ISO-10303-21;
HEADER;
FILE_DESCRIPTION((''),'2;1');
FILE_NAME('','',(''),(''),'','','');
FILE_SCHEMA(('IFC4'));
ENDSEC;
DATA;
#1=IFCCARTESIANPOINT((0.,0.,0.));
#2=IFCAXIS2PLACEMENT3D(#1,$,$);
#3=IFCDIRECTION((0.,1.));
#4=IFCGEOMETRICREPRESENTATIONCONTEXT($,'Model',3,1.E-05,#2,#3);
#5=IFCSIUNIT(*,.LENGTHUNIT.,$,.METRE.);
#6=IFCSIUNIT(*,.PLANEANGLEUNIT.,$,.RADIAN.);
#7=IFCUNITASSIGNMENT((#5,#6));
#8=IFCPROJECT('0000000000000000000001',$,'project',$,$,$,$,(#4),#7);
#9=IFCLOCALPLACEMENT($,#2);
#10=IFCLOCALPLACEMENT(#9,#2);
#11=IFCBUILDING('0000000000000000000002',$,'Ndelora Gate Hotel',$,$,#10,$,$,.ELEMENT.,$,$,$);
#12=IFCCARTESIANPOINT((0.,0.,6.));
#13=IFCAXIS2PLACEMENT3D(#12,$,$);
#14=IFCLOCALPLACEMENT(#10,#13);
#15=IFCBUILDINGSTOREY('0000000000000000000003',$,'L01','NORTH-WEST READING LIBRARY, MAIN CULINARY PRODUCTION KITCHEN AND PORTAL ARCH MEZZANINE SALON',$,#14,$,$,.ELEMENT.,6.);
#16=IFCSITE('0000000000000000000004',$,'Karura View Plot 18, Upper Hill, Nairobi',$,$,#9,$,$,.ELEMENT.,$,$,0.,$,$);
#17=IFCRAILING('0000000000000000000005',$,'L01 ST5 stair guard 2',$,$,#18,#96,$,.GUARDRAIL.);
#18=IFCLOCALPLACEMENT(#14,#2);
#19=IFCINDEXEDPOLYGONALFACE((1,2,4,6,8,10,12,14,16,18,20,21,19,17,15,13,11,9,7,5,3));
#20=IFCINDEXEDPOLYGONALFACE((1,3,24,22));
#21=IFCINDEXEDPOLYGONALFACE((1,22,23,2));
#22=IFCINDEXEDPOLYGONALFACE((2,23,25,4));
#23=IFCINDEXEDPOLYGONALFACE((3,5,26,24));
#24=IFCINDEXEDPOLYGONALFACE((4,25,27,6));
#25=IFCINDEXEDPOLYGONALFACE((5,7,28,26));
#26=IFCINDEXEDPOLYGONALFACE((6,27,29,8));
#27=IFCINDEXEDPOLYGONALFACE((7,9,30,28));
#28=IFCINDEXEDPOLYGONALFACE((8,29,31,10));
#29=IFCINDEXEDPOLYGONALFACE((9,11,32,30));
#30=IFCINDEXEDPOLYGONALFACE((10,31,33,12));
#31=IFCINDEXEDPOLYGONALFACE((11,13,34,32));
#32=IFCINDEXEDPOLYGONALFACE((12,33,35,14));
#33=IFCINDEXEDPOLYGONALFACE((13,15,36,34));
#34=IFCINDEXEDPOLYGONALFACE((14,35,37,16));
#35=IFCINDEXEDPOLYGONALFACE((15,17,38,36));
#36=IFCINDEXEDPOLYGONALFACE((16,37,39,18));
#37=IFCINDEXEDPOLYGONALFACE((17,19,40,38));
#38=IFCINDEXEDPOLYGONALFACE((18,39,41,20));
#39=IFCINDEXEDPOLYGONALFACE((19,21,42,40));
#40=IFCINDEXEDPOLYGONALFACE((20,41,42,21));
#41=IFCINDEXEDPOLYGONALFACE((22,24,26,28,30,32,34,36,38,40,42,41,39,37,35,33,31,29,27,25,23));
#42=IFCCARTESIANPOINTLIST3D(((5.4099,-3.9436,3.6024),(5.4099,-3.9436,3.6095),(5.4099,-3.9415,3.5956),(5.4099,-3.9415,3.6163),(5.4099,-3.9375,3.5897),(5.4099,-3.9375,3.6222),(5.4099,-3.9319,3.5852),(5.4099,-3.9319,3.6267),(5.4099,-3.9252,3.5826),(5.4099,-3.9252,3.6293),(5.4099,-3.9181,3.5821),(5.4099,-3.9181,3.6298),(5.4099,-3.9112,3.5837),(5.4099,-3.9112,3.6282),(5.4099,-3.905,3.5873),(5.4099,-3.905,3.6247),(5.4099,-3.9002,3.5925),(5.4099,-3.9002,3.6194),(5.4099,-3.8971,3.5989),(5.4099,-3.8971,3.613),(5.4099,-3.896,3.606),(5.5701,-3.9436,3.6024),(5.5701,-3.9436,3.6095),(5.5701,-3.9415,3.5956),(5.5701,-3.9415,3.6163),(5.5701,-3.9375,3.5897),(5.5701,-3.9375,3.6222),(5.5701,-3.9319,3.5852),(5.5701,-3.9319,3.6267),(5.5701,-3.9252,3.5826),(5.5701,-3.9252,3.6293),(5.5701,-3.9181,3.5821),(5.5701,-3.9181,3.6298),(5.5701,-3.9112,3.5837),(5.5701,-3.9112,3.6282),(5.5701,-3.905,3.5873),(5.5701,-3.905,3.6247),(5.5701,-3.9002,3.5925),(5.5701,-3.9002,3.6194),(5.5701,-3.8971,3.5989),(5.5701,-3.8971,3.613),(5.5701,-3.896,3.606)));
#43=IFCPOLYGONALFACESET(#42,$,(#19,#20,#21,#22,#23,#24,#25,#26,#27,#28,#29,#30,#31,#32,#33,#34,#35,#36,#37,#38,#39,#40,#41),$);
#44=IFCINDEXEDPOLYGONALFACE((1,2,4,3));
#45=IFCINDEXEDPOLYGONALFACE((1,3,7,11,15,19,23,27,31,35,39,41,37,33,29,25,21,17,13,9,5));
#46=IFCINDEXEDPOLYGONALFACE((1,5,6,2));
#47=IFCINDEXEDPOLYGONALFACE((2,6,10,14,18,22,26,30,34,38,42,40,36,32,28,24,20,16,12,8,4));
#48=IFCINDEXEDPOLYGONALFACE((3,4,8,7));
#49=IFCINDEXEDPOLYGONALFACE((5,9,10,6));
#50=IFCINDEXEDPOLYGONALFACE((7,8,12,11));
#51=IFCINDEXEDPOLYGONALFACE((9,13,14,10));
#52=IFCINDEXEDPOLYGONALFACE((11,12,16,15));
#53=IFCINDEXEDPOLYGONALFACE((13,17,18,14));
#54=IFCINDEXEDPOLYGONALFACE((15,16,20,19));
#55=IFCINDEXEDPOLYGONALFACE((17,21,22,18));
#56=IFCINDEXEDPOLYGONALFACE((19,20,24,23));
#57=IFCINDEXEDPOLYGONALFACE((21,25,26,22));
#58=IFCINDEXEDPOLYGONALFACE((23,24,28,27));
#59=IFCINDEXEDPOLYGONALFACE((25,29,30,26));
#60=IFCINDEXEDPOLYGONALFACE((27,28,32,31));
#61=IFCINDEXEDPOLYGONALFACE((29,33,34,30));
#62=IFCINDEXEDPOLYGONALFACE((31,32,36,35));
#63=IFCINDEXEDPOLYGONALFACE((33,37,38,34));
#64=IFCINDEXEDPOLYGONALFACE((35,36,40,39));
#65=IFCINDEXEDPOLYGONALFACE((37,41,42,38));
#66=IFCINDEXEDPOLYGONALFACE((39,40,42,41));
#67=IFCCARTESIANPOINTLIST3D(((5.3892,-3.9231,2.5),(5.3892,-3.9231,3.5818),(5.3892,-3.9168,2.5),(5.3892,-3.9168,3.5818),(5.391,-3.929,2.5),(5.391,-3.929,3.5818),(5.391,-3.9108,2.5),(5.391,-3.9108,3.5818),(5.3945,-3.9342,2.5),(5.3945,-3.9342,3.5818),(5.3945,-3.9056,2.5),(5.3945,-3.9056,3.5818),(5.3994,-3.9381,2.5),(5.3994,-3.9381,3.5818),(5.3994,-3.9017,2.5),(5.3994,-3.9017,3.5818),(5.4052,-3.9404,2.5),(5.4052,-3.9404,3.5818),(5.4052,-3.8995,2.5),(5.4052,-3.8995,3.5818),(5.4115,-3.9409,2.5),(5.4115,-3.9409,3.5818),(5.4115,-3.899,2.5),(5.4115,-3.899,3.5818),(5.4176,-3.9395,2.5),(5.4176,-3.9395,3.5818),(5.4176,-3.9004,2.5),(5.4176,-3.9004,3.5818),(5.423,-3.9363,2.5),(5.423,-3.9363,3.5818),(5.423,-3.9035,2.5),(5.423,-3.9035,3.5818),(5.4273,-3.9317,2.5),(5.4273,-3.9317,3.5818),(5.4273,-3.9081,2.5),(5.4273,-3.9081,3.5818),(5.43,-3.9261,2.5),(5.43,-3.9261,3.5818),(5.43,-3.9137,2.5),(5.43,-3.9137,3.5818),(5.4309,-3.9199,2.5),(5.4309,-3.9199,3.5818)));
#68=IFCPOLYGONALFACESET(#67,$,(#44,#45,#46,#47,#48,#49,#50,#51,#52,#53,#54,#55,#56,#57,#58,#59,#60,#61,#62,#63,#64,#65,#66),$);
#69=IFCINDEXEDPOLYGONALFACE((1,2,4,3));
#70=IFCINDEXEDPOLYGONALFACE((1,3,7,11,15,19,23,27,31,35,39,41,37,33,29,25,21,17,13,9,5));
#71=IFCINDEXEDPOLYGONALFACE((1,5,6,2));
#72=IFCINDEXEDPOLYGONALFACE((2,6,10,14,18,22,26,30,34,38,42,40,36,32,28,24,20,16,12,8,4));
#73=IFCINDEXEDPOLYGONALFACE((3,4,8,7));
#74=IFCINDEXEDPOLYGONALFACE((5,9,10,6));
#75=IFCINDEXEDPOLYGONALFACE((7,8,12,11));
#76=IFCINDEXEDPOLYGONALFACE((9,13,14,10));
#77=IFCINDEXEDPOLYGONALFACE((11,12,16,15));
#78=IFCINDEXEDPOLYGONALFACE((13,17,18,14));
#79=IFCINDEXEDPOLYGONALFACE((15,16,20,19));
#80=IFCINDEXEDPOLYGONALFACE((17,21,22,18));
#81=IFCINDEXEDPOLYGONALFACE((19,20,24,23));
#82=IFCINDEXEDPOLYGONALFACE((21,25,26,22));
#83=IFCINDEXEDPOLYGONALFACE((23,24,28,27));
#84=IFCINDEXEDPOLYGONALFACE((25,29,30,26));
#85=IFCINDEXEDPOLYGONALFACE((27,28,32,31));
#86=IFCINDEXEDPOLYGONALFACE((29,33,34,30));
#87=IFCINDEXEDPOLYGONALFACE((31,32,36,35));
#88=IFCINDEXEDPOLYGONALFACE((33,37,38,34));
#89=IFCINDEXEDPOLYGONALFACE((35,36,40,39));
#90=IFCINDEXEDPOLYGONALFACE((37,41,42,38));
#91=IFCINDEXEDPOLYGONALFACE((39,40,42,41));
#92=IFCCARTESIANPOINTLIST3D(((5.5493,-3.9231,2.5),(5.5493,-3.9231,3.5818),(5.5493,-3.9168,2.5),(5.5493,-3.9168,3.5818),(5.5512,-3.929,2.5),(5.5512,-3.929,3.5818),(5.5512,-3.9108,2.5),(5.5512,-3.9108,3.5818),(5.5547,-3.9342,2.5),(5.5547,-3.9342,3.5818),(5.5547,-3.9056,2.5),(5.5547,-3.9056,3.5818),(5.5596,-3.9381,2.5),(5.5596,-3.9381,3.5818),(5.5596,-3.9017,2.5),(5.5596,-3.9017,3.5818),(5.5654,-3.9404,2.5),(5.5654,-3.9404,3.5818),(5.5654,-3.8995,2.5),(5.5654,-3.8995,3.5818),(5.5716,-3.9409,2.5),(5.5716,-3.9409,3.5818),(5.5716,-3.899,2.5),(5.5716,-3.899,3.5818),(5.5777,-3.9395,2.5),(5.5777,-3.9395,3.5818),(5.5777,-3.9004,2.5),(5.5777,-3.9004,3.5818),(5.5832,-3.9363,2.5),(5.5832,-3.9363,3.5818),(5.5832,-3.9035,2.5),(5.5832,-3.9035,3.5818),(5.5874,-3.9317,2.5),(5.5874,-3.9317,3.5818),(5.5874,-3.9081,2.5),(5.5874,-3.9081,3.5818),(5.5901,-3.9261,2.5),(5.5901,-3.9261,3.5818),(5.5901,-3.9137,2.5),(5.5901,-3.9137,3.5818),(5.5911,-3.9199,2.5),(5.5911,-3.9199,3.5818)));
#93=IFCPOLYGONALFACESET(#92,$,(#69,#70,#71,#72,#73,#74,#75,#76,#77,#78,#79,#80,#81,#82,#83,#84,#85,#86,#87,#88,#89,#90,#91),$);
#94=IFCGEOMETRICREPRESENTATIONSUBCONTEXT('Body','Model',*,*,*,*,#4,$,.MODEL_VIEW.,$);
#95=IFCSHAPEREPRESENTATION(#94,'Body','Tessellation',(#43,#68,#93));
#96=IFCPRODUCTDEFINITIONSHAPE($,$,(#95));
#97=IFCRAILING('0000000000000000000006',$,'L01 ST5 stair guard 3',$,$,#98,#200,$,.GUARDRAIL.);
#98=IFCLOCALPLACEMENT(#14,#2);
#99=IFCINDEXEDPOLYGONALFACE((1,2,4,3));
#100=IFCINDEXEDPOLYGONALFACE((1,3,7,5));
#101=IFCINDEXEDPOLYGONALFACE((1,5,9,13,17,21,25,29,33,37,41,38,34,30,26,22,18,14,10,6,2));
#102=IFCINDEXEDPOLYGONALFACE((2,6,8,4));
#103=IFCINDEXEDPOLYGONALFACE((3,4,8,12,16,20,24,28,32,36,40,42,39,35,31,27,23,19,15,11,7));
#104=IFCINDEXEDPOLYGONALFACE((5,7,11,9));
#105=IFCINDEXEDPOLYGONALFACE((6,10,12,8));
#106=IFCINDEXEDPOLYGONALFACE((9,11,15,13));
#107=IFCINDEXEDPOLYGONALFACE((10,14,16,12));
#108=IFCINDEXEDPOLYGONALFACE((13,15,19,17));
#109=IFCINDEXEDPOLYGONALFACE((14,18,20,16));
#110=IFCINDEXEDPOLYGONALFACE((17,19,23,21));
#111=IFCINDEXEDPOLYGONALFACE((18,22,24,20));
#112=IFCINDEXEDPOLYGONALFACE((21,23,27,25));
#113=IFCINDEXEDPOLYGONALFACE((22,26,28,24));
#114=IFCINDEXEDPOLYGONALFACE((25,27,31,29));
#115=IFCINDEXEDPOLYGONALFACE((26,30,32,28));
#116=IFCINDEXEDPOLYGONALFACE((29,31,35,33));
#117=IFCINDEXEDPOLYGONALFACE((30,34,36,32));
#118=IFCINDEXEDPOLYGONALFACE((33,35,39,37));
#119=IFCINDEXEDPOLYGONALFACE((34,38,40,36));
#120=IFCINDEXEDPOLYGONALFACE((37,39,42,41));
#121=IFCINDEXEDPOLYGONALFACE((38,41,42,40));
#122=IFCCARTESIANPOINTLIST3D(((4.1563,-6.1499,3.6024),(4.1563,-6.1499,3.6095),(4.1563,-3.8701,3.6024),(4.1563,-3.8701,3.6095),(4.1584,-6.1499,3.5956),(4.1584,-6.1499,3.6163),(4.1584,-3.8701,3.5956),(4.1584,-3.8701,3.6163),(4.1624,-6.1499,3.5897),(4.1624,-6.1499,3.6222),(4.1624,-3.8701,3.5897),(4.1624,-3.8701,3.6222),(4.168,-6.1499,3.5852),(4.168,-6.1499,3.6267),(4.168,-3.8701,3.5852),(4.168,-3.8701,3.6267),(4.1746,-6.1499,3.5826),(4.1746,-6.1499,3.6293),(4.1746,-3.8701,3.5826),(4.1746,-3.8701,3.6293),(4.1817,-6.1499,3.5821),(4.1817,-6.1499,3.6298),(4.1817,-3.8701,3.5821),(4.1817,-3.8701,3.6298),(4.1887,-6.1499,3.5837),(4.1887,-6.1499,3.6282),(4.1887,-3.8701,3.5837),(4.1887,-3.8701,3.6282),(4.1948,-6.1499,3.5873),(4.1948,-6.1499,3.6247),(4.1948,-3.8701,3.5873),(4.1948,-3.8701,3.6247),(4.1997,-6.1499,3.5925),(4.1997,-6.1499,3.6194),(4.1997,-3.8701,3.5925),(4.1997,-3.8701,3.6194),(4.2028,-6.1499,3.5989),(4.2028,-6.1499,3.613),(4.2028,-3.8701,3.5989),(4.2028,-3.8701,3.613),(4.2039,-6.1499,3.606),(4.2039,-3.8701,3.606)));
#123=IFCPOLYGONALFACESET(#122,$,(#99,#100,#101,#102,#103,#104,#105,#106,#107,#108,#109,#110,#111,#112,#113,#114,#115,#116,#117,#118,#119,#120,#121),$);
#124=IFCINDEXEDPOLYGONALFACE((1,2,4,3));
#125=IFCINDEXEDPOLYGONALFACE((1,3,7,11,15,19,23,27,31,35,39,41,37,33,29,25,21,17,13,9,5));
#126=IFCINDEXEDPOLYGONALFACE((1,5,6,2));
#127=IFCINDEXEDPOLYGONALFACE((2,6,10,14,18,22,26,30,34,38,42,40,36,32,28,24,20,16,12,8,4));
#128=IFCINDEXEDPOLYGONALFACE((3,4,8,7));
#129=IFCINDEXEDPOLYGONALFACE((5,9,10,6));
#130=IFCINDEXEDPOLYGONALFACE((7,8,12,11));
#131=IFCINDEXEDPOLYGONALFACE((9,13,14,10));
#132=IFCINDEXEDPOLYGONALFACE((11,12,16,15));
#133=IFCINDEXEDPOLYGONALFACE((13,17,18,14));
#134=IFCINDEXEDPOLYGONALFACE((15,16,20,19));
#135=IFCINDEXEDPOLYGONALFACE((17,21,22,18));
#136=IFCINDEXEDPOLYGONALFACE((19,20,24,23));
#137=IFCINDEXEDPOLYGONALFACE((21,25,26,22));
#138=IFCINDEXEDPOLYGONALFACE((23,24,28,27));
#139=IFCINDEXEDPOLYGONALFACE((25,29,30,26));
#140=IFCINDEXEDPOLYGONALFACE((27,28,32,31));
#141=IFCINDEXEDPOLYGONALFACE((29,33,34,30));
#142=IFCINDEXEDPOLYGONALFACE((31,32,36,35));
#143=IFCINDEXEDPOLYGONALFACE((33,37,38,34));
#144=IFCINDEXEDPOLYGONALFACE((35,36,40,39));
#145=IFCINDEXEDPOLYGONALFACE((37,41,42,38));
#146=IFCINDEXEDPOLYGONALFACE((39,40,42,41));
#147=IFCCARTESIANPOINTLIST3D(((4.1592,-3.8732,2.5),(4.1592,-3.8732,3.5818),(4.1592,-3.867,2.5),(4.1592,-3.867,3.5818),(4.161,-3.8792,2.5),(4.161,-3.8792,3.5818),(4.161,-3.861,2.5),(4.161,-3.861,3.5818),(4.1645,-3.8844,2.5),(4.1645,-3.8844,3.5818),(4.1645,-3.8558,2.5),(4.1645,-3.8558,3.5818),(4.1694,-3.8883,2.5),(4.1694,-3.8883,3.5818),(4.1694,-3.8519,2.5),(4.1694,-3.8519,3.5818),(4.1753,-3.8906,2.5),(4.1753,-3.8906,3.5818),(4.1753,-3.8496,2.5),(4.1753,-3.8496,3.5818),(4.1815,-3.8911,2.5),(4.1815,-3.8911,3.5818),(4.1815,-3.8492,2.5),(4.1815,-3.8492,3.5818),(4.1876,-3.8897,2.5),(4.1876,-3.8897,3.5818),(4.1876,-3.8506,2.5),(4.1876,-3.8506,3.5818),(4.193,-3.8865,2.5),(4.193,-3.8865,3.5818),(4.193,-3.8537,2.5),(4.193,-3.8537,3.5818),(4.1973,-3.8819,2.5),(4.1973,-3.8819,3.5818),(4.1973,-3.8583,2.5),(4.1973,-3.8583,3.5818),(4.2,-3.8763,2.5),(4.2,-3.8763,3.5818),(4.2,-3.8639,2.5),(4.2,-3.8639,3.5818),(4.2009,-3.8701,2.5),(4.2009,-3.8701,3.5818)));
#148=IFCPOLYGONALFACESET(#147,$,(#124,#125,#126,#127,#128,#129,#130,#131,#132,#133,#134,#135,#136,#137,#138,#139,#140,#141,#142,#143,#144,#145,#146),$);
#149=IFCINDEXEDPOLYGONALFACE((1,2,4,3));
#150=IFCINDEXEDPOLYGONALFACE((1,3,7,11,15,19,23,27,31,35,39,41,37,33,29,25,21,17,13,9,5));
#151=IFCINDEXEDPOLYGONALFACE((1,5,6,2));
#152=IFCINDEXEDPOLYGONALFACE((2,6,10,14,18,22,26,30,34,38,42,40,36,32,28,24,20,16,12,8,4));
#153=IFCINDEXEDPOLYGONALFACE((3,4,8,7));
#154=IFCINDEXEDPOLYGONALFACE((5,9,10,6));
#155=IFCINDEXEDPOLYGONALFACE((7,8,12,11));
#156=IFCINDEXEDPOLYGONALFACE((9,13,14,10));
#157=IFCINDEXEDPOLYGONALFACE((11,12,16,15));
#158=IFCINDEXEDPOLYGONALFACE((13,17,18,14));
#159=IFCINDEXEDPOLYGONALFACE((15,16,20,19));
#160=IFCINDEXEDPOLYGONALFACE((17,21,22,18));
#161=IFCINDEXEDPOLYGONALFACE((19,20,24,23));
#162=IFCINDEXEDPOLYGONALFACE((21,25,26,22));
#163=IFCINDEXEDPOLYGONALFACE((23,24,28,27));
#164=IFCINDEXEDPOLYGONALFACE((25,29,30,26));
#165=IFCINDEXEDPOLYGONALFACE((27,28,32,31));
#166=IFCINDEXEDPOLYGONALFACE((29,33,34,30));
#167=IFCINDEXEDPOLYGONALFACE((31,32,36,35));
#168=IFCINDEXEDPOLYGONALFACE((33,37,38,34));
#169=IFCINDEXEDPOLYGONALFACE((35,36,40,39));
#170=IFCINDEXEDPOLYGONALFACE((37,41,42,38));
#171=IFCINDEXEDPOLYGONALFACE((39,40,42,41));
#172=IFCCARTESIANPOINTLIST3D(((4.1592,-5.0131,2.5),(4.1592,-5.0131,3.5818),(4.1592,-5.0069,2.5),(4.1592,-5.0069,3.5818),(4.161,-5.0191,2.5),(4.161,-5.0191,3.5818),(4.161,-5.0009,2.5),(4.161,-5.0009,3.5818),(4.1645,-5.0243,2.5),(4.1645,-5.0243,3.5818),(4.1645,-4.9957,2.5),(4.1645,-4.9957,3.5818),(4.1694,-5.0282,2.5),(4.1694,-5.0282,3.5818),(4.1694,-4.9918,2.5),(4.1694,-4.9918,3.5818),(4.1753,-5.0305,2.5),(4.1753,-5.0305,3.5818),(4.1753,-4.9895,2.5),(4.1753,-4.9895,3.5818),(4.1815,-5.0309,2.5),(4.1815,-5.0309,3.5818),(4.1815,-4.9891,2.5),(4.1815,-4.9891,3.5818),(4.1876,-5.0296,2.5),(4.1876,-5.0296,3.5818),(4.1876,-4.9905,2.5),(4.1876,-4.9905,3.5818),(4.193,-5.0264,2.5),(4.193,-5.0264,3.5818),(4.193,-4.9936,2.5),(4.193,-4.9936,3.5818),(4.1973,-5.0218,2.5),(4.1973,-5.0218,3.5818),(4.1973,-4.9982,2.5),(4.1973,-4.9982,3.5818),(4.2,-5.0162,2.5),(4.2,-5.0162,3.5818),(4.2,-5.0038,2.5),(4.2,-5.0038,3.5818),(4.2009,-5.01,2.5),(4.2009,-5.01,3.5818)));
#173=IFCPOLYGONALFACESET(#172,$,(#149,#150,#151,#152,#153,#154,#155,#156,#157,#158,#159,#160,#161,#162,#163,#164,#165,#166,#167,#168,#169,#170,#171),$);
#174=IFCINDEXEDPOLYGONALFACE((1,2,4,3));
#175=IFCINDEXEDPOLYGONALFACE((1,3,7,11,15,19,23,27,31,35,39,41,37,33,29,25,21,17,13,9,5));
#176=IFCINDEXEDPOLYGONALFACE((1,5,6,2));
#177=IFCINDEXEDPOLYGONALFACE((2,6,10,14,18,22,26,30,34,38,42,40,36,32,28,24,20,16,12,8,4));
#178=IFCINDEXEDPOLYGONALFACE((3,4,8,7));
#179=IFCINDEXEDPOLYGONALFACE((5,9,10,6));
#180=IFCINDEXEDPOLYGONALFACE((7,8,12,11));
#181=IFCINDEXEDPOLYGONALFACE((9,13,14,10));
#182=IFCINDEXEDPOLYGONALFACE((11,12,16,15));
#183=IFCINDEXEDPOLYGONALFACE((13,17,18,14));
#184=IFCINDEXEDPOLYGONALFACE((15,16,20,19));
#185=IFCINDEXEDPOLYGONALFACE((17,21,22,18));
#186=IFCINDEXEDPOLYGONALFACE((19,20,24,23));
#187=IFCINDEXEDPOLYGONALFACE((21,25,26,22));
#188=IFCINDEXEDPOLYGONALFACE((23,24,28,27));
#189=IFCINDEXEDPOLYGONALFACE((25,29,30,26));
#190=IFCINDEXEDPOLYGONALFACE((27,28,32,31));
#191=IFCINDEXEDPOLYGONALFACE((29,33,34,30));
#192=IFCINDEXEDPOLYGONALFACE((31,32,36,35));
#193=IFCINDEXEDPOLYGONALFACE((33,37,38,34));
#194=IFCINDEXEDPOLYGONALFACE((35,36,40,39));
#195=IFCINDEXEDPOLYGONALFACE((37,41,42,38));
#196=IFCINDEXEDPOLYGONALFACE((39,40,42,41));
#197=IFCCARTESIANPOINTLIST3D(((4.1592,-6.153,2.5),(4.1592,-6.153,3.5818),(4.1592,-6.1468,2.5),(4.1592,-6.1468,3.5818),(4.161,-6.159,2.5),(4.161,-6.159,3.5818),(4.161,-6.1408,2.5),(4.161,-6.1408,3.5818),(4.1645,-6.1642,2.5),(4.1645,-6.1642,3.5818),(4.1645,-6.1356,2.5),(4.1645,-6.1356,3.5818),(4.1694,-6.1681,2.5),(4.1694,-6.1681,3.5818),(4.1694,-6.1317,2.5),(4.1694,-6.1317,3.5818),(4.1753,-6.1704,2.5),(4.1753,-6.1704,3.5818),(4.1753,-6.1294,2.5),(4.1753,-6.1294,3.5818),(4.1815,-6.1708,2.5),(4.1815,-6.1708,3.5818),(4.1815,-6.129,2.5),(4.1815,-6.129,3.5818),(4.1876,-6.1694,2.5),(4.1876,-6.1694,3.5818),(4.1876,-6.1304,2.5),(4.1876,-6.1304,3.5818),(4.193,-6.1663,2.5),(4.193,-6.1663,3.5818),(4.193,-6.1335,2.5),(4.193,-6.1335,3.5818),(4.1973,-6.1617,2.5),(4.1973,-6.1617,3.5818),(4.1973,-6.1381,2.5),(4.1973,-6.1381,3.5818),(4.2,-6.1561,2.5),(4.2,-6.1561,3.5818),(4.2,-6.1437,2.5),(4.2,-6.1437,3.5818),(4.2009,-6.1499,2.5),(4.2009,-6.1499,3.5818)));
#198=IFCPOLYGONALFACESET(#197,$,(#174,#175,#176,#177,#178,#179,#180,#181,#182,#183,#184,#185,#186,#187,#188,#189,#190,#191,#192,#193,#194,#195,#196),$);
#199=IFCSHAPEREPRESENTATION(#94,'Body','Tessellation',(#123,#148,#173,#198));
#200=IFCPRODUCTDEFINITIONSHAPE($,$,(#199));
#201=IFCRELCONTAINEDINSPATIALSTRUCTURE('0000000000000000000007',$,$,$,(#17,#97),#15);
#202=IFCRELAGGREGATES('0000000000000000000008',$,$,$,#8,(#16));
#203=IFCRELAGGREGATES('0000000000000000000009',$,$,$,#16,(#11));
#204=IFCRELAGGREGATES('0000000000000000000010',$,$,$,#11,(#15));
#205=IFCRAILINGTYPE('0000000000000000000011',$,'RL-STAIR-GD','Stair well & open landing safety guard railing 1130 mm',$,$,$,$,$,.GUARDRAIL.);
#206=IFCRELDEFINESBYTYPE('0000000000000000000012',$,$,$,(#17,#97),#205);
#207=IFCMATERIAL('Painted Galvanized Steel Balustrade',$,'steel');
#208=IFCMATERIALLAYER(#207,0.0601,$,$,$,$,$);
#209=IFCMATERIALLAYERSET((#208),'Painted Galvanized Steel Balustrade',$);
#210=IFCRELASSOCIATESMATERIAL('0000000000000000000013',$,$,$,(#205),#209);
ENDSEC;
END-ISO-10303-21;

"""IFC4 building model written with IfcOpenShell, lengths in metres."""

from ifc_helpers import new_model, si_unit, direction, frame, origin, origin_2d, place, context, subcontext, project, spatial, circle, extrude, material, layer, layer_set, type_object, element, save


model = new_model("IFC4")

# Units and contexts
model_context = context("Model", 3, precision=1e-05, world=origin(), true_north=direction((0.0, 1.0)))
body_context = subcontext(model_context, "Body", "Model", "MODEL_VIEW")
ifc_project = project(units=[si_unit("LENGTHUNIT", "METRE"), si_unit("PLANEANGLEUNIT", "RADIAN")], contexts=[model_context])

# Site, building, storey
site_placement = place(None, origin())
site = spatial("IfcSite", under=ifc_project, at=site_placement, Name="Karura View Plot 18, Upper Hill, Nairobi", CompositionType="ELEMENT", RefElevation=0.0)
building_placement = place(site_placement, origin())
building = spatial("IfcBuilding", under=site, at=building_placement, Name="Ndelora Gate Hotel", CompositionType="ELEMENT")
storey_placement = place(building_placement, frame((0.0, 0.0, 6.0)))
storey = spatial("IfcBuildingStorey", under=building, at=storey_placement, Name="L01", Description="NORTH-WEST READING LIBRARY, MAIN CULINARY PRODUCTION KITCHEN AND PORTAL ARCH MEZZANINE SALON", CompositionType="ELEMENT", Elevation=6.0)

# Railings
ifc_material_1 = material(Name="Painted Galvanized Steel Balustrade", Category="steel")
ifc_layer_1 = layer(ifc_material_1, 0.0601)
ifc_layer_set_1 = layer_set([ifc_layer_1], Name="Painted Galvanized Steel Balustrade")
railing_type_1 = type_object("IfcRailingType", Name="RL-STAIR-GD", Description="Stair well & open landing safety guard railing 1130 mm", PredefinedType="GUARDRAIL", material=ifc_layer_set_1)
railing_1_placement = place(storey_placement, frame((5.4099, -3.9199, 2.5)))
element("IfcRailing", 1, at=railing_1_placement, inside=storey, type_object=railing_type_1, Name="L01 ST5 stair guard 2", PredefinedType="GUARDRAIL", context=body_context, shape_type="SweptSolid", body=[
    extrude(circle(Radius=0.0239, at=origin_2d()), frame((0.0, 0.0, 1.106), z_axis=(1.0, 0.0, 0.0), x_axis=(0.0, 1.0, 0.0)), (0.0, 0.0, 1.0), 0.1602),
    extrude(circle(Radius=0.021, at=origin_2d()), origin(), (0.0, 0.0, 1.0), 1.0818),
    extrude(circle(Radius=0.021, at=origin_2d()), frame((0.1602, 0.0, 0.0)), (0.0, 0.0, 1.0), 1.0818),
])
for number, where, name in (
    (2, (4.1799, -3.8701, 2.5), "L01 ST5 stair guard 3"),
):
    element("IfcRailing", number, at=place(storey_placement, frame(where)), inside=storey, type_object=railing_type_1, Name=name, PredefinedType="GUARDRAIL", context=body_context, shape_type="SweptSolid", body=[
        extrude(circle(Radius=0.0239, at=origin_2d()), frame((0.0, 0.0, 1.106), z_axis=(0.0, -1.0, 0.0), x_axis=(1.0, 0.0, 0.0)), (0.0, 0.0, 1.0), 2.2798),
        extrude(circle(Radius=0.021, at=origin_2d()), origin(), (0.0, 0.0, 1.0), 1.0818),
        extrude(circle(Radius=0.021, at=origin_2d()), frame((0.0, -1.1399, 0.0)), (0.0, 0.0, 1.0), 1.0818),
        extrude(circle(Radius=0.021, at=origin_2d()), frame((0.0, -2.2798, 0.0)), (0.0, 0.0, 1.0), 1.0818),
    ])

save(model, "model.ifc")
